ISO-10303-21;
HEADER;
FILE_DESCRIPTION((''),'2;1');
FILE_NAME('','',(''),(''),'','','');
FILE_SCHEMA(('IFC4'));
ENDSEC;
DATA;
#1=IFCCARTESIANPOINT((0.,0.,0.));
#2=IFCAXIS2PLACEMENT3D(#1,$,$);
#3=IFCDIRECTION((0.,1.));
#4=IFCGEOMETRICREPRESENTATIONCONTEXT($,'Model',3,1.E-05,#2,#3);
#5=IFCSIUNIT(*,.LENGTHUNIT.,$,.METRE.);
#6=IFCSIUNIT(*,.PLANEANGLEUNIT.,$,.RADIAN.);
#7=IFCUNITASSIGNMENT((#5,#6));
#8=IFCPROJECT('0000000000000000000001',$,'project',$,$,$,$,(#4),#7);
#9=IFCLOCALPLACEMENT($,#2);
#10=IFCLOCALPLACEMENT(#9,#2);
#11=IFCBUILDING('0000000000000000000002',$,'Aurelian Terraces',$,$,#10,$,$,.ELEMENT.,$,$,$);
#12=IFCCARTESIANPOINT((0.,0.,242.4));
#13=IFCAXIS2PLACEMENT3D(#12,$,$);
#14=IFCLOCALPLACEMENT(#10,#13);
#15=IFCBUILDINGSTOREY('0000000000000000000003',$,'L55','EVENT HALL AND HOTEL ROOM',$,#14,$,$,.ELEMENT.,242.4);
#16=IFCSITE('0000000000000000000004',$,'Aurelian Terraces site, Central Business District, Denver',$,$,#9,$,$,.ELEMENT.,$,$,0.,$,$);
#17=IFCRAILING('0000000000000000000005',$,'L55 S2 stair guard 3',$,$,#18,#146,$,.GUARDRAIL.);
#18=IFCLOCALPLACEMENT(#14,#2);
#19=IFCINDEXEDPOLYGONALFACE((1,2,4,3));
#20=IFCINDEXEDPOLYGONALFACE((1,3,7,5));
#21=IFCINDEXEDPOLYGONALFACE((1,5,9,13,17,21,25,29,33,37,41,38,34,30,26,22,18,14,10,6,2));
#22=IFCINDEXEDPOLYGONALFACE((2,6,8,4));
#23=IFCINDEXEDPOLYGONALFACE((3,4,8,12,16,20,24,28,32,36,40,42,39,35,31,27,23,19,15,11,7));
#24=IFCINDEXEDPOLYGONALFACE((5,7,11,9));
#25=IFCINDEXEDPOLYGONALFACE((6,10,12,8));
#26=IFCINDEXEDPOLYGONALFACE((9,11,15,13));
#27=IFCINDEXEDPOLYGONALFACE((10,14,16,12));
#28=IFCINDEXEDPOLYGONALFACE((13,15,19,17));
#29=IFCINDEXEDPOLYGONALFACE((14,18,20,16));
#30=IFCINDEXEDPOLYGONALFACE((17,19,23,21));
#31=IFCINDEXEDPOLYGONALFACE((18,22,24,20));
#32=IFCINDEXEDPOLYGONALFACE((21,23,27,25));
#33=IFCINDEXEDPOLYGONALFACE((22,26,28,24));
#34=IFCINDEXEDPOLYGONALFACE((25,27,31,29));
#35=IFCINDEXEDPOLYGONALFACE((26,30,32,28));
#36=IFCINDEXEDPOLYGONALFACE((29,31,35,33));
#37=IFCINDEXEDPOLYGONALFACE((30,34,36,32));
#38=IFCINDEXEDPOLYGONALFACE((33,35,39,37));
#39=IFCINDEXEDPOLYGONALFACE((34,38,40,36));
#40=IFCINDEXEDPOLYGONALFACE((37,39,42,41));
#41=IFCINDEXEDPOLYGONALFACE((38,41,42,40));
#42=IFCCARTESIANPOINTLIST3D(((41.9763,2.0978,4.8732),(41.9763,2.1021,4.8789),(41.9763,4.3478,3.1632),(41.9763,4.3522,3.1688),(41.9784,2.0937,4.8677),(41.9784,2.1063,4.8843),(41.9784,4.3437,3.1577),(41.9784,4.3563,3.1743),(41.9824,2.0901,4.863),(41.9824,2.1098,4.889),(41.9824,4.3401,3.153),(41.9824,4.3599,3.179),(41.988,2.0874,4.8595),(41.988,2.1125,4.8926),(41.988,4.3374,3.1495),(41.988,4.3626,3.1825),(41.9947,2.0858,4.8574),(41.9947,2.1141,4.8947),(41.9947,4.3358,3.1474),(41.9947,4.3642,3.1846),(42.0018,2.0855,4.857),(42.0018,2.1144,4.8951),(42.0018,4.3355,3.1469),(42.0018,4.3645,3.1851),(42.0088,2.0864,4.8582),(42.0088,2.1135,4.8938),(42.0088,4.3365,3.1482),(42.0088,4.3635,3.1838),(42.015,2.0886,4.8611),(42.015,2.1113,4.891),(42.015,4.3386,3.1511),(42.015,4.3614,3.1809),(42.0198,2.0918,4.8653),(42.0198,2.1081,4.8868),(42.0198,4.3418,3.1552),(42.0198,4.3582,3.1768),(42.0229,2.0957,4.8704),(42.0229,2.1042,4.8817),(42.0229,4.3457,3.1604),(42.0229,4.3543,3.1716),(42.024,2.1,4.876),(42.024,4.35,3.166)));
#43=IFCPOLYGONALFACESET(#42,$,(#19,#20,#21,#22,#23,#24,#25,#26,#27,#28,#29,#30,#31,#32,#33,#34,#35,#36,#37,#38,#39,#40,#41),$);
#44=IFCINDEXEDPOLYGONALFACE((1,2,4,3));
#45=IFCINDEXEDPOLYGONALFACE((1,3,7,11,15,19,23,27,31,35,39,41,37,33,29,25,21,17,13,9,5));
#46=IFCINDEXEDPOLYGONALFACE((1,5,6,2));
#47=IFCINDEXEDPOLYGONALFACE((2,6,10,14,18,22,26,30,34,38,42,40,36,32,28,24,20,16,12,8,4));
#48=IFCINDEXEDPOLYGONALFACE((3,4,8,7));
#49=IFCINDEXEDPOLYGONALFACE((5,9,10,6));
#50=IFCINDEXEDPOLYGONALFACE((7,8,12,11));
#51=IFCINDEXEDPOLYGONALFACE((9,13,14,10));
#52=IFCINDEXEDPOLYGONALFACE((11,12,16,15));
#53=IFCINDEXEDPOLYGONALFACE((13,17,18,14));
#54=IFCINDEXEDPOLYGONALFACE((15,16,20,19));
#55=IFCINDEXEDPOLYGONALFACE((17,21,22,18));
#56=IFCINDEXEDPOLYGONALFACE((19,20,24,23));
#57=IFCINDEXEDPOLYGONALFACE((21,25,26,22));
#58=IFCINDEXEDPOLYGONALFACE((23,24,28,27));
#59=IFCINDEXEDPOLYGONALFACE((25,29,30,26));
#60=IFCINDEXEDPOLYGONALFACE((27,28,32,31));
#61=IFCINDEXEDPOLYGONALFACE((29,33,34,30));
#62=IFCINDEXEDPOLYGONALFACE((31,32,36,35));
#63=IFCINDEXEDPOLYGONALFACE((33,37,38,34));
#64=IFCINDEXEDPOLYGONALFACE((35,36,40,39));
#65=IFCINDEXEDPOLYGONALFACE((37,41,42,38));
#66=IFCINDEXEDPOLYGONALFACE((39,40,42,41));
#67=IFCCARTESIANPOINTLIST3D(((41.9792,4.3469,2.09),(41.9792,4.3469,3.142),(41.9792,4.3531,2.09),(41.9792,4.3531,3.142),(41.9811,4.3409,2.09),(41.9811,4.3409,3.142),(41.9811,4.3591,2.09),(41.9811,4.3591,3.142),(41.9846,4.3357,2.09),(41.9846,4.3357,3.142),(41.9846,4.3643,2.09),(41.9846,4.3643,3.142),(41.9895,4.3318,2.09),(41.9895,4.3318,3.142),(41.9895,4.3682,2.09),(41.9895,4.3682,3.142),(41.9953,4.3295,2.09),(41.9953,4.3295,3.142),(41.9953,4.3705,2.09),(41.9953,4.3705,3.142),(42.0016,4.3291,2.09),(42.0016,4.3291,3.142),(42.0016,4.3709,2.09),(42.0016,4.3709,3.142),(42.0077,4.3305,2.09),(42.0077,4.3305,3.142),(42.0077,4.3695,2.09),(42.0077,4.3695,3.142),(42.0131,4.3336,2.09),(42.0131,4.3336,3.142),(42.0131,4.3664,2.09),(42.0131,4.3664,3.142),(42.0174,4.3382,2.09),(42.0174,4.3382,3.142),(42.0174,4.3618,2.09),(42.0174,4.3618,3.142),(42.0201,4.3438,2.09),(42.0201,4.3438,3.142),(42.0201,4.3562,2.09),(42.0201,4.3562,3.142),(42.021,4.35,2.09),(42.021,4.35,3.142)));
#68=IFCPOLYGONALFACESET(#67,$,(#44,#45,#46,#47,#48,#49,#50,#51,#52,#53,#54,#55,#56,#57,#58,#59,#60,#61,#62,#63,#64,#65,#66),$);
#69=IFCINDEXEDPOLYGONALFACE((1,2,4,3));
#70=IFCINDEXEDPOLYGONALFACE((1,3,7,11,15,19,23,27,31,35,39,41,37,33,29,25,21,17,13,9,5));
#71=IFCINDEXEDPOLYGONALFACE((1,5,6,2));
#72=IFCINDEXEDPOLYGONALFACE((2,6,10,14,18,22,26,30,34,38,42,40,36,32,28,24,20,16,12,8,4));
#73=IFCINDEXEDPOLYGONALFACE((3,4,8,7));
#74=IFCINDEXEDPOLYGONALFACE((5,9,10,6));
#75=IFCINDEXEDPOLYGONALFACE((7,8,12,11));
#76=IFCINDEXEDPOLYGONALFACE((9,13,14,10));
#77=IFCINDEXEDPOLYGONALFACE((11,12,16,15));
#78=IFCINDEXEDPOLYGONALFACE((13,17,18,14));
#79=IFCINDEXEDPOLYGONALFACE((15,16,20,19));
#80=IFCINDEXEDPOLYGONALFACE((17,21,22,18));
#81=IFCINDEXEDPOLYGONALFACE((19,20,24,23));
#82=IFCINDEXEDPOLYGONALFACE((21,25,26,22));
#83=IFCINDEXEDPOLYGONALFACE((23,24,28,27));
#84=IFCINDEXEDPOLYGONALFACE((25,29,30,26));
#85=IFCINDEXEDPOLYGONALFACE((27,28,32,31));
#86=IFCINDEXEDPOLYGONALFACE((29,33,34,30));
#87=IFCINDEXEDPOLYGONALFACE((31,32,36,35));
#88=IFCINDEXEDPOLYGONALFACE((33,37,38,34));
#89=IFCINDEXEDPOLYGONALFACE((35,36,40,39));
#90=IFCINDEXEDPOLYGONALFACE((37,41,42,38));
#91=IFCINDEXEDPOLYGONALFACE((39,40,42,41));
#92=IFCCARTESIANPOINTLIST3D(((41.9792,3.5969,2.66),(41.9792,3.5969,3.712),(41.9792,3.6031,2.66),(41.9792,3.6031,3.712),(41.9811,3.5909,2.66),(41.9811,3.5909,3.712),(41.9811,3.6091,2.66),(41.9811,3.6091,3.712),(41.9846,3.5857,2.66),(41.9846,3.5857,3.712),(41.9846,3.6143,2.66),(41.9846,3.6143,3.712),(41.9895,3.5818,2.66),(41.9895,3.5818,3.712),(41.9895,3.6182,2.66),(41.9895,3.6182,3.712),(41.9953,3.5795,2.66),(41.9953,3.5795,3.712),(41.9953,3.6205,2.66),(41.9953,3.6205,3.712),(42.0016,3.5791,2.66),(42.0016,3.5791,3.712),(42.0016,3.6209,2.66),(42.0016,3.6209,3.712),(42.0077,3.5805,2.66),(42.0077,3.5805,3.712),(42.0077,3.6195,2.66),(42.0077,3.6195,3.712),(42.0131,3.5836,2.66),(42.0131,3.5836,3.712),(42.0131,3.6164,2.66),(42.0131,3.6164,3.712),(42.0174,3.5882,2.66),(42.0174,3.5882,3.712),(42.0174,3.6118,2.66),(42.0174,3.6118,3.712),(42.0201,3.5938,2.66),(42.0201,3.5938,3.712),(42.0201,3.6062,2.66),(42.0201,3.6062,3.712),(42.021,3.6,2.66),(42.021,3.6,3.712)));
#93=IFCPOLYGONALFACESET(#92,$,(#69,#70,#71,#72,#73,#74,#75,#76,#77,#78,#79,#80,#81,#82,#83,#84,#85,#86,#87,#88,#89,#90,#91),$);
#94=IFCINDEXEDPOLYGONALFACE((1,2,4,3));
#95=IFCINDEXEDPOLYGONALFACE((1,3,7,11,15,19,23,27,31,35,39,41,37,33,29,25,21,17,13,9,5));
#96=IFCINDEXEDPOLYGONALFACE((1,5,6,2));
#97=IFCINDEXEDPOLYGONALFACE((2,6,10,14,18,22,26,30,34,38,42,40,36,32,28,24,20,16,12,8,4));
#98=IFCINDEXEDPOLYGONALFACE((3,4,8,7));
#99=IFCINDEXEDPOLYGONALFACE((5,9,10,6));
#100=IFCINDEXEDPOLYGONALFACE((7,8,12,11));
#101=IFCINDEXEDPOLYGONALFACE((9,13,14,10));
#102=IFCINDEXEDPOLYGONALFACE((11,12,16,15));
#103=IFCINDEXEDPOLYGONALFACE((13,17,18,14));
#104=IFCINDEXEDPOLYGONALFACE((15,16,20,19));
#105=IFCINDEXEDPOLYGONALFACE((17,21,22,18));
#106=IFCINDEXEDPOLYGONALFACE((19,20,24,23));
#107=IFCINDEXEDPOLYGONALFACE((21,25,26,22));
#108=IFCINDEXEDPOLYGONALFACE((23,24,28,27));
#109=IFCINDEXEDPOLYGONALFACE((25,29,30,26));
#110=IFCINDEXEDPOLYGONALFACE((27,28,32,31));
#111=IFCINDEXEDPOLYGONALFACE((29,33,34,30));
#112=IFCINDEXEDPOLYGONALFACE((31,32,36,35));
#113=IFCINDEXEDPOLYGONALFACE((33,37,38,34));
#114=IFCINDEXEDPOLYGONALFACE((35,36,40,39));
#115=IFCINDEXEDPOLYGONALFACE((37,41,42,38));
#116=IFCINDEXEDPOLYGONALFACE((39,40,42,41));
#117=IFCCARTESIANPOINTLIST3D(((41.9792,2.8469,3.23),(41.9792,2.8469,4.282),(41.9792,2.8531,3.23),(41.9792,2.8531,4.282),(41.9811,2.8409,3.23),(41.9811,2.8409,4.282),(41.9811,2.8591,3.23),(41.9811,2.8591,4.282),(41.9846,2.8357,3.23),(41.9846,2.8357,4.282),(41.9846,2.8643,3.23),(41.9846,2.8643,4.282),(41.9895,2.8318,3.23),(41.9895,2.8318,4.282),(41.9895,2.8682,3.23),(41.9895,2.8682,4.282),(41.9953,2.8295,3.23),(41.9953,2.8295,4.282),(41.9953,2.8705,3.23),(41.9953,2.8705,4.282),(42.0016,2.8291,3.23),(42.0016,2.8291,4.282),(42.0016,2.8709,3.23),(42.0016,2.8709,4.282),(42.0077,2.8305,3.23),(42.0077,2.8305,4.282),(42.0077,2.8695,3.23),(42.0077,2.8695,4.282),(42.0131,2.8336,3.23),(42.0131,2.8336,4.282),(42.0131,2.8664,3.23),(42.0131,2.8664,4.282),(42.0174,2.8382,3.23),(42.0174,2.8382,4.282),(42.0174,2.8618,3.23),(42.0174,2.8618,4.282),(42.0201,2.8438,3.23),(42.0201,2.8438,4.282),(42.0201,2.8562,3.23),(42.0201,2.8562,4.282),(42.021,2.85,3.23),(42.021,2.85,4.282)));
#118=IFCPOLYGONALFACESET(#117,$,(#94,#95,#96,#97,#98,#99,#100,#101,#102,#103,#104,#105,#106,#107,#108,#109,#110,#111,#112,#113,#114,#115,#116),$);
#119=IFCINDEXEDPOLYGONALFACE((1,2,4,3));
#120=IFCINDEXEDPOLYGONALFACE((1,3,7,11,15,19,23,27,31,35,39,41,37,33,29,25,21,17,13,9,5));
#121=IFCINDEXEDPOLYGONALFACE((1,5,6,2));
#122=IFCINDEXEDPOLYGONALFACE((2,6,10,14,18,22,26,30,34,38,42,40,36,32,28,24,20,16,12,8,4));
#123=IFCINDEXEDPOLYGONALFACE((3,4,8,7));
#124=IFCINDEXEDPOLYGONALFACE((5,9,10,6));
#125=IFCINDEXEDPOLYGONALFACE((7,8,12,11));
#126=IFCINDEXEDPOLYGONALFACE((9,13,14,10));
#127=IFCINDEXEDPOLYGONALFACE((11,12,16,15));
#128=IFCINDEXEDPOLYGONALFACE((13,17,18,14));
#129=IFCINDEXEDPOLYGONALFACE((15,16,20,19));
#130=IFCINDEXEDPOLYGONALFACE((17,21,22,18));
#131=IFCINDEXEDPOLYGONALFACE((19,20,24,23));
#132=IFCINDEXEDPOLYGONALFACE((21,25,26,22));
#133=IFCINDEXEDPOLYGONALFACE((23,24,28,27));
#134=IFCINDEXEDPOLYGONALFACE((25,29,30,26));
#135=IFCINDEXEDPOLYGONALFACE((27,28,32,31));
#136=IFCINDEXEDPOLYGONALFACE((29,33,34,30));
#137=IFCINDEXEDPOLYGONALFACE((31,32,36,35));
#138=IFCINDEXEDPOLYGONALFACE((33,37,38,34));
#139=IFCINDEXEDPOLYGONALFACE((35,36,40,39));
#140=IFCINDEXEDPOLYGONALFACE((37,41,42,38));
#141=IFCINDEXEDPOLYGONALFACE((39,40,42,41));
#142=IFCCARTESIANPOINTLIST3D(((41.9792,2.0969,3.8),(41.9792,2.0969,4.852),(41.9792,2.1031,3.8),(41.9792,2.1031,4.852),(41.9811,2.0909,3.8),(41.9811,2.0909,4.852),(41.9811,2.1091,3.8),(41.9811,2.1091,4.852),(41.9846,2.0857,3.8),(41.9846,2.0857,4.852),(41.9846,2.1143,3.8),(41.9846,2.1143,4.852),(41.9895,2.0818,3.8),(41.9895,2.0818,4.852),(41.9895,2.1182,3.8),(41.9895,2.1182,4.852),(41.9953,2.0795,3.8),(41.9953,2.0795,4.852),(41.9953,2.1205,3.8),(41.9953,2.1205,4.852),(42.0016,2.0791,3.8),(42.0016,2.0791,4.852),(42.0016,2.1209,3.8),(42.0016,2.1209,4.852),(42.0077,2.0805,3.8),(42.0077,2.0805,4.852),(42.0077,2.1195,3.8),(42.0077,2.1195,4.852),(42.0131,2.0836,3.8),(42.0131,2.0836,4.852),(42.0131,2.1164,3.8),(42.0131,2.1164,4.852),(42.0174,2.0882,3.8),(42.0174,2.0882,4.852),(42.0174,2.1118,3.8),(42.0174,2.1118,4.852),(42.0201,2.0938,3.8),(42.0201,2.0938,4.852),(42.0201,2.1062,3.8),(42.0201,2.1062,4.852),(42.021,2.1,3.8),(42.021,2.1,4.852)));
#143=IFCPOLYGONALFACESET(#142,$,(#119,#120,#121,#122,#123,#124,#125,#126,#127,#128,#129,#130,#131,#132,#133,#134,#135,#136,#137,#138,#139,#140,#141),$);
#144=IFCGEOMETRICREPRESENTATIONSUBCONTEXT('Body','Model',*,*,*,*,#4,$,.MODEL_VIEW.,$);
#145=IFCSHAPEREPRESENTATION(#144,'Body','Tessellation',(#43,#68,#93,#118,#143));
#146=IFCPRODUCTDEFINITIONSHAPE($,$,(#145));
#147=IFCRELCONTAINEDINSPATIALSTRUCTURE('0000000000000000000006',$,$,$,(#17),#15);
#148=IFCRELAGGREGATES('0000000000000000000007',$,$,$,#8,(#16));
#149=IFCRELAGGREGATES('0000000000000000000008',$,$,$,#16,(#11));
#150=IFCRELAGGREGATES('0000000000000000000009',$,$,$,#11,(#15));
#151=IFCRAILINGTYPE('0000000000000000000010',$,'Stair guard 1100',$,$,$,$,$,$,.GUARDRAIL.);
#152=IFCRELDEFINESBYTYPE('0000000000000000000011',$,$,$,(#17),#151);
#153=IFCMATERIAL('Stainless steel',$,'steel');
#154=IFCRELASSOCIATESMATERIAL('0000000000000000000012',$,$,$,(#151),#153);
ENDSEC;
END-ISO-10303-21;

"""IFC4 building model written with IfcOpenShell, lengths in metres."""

from ifc_helpers import new_model, si_unit, direction, frame, origin, origin_2d, place, context, subcontext, project, spatial, circle, extrude, source, transform, mapped, material, type_object, element, save


model = new_model("IFC4")

# Units and contexts
model_context = context("Model", 3, precision=1e-05, world=origin(), true_north=direction((0.0, 1.0)))
body_context = subcontext(model_context, "Body", "Model", "MODEL_VIEW")
ifc_project = project(units=[si_unit("LENGTHUNIT", "METRE"), si_unit("PLANEANGLEUNIT", "RADIAN")], contexts=[model_context])

# Site, building, storey
site_placement = place(None, origin())
site = spatial("IfcSite", under=ifc_project, at=site_placement, Name="Aurelian Terraces site, Central Business District, Denver", CompositionType="ELEMENT", RefElevation=0.0)
building_placement = place(site_placement, origin())
building = spatial("IfcBuilding", under=site, at=building_placement, Name="Aurelian Terraces", CompositionType="ELEMENT")
storey_placement = place(building_placement, frame((0.0, 0.0, 242.4)))
storey = spatial("IfcBuildingStorey", under=building, at=storey_placement, Name="L55", Description="EVENT HALL AND HOTEL ROOM", CompositionType="ELEMENT", Elevation=242.4)

# Railing
ifc_material_1 = material(Name="Stainless steel", Category="steel")
railing_type_1 = type_object("IfcRailingType", Name="Stair guard 1100", PredefinedType="GUARDRAIL", material=ifc_material_1)
shared_shape_1 = source(origin(), body_context, "Body", "SweptSolid", [
    extrude(circle(Radius=0.024, at=origin_2d()), frame((0.0, 0.0, 1.076), z_axis=(0.0, -0.796162, 0.605083), x_axis=(1.0, 0.0, 0.0)), (0.0, 0.0, 1.0), 2.8261),
    extrude(circle(Radius=0.021, at=origin_2d()), origin(), (0.0, 0.0, 1.0), 1.052),
    extrude(circle(Radius=0.021, at=origin_2d()), frame((0.0, -0.75, 0.57)), (0.0, 0.0, 1.0), 1.052),
    extrude(circle(Radius=0.021, at=origin_2d()), frame((0.0, -1.5, 1.14)), (0.0, 0.0, 1.0), 1.052),
    extrude(circle(Radius=0.021, at=origin_2d()), frame((0.0, -2.25, 1.71)), (0.0, 0.0, 1.0), 1.052),
])
railing_1_placement = place(storey_placement, frame((42.0, 4.35, 2.09)))
element("IfcRailing", 1, at=railing_1_placement, inside=storey, type_object=railing_type_1, Name="L55 S2 stair guard 3", PredefinedType="GUARDRAIL", context=body_context, shape_type="MappedRepresentation", body=[
    mapped(shared_shape_1, transform((0.0, 0.0, 0.0), scale=1.0)),
])

save(model, "model.ifc")
